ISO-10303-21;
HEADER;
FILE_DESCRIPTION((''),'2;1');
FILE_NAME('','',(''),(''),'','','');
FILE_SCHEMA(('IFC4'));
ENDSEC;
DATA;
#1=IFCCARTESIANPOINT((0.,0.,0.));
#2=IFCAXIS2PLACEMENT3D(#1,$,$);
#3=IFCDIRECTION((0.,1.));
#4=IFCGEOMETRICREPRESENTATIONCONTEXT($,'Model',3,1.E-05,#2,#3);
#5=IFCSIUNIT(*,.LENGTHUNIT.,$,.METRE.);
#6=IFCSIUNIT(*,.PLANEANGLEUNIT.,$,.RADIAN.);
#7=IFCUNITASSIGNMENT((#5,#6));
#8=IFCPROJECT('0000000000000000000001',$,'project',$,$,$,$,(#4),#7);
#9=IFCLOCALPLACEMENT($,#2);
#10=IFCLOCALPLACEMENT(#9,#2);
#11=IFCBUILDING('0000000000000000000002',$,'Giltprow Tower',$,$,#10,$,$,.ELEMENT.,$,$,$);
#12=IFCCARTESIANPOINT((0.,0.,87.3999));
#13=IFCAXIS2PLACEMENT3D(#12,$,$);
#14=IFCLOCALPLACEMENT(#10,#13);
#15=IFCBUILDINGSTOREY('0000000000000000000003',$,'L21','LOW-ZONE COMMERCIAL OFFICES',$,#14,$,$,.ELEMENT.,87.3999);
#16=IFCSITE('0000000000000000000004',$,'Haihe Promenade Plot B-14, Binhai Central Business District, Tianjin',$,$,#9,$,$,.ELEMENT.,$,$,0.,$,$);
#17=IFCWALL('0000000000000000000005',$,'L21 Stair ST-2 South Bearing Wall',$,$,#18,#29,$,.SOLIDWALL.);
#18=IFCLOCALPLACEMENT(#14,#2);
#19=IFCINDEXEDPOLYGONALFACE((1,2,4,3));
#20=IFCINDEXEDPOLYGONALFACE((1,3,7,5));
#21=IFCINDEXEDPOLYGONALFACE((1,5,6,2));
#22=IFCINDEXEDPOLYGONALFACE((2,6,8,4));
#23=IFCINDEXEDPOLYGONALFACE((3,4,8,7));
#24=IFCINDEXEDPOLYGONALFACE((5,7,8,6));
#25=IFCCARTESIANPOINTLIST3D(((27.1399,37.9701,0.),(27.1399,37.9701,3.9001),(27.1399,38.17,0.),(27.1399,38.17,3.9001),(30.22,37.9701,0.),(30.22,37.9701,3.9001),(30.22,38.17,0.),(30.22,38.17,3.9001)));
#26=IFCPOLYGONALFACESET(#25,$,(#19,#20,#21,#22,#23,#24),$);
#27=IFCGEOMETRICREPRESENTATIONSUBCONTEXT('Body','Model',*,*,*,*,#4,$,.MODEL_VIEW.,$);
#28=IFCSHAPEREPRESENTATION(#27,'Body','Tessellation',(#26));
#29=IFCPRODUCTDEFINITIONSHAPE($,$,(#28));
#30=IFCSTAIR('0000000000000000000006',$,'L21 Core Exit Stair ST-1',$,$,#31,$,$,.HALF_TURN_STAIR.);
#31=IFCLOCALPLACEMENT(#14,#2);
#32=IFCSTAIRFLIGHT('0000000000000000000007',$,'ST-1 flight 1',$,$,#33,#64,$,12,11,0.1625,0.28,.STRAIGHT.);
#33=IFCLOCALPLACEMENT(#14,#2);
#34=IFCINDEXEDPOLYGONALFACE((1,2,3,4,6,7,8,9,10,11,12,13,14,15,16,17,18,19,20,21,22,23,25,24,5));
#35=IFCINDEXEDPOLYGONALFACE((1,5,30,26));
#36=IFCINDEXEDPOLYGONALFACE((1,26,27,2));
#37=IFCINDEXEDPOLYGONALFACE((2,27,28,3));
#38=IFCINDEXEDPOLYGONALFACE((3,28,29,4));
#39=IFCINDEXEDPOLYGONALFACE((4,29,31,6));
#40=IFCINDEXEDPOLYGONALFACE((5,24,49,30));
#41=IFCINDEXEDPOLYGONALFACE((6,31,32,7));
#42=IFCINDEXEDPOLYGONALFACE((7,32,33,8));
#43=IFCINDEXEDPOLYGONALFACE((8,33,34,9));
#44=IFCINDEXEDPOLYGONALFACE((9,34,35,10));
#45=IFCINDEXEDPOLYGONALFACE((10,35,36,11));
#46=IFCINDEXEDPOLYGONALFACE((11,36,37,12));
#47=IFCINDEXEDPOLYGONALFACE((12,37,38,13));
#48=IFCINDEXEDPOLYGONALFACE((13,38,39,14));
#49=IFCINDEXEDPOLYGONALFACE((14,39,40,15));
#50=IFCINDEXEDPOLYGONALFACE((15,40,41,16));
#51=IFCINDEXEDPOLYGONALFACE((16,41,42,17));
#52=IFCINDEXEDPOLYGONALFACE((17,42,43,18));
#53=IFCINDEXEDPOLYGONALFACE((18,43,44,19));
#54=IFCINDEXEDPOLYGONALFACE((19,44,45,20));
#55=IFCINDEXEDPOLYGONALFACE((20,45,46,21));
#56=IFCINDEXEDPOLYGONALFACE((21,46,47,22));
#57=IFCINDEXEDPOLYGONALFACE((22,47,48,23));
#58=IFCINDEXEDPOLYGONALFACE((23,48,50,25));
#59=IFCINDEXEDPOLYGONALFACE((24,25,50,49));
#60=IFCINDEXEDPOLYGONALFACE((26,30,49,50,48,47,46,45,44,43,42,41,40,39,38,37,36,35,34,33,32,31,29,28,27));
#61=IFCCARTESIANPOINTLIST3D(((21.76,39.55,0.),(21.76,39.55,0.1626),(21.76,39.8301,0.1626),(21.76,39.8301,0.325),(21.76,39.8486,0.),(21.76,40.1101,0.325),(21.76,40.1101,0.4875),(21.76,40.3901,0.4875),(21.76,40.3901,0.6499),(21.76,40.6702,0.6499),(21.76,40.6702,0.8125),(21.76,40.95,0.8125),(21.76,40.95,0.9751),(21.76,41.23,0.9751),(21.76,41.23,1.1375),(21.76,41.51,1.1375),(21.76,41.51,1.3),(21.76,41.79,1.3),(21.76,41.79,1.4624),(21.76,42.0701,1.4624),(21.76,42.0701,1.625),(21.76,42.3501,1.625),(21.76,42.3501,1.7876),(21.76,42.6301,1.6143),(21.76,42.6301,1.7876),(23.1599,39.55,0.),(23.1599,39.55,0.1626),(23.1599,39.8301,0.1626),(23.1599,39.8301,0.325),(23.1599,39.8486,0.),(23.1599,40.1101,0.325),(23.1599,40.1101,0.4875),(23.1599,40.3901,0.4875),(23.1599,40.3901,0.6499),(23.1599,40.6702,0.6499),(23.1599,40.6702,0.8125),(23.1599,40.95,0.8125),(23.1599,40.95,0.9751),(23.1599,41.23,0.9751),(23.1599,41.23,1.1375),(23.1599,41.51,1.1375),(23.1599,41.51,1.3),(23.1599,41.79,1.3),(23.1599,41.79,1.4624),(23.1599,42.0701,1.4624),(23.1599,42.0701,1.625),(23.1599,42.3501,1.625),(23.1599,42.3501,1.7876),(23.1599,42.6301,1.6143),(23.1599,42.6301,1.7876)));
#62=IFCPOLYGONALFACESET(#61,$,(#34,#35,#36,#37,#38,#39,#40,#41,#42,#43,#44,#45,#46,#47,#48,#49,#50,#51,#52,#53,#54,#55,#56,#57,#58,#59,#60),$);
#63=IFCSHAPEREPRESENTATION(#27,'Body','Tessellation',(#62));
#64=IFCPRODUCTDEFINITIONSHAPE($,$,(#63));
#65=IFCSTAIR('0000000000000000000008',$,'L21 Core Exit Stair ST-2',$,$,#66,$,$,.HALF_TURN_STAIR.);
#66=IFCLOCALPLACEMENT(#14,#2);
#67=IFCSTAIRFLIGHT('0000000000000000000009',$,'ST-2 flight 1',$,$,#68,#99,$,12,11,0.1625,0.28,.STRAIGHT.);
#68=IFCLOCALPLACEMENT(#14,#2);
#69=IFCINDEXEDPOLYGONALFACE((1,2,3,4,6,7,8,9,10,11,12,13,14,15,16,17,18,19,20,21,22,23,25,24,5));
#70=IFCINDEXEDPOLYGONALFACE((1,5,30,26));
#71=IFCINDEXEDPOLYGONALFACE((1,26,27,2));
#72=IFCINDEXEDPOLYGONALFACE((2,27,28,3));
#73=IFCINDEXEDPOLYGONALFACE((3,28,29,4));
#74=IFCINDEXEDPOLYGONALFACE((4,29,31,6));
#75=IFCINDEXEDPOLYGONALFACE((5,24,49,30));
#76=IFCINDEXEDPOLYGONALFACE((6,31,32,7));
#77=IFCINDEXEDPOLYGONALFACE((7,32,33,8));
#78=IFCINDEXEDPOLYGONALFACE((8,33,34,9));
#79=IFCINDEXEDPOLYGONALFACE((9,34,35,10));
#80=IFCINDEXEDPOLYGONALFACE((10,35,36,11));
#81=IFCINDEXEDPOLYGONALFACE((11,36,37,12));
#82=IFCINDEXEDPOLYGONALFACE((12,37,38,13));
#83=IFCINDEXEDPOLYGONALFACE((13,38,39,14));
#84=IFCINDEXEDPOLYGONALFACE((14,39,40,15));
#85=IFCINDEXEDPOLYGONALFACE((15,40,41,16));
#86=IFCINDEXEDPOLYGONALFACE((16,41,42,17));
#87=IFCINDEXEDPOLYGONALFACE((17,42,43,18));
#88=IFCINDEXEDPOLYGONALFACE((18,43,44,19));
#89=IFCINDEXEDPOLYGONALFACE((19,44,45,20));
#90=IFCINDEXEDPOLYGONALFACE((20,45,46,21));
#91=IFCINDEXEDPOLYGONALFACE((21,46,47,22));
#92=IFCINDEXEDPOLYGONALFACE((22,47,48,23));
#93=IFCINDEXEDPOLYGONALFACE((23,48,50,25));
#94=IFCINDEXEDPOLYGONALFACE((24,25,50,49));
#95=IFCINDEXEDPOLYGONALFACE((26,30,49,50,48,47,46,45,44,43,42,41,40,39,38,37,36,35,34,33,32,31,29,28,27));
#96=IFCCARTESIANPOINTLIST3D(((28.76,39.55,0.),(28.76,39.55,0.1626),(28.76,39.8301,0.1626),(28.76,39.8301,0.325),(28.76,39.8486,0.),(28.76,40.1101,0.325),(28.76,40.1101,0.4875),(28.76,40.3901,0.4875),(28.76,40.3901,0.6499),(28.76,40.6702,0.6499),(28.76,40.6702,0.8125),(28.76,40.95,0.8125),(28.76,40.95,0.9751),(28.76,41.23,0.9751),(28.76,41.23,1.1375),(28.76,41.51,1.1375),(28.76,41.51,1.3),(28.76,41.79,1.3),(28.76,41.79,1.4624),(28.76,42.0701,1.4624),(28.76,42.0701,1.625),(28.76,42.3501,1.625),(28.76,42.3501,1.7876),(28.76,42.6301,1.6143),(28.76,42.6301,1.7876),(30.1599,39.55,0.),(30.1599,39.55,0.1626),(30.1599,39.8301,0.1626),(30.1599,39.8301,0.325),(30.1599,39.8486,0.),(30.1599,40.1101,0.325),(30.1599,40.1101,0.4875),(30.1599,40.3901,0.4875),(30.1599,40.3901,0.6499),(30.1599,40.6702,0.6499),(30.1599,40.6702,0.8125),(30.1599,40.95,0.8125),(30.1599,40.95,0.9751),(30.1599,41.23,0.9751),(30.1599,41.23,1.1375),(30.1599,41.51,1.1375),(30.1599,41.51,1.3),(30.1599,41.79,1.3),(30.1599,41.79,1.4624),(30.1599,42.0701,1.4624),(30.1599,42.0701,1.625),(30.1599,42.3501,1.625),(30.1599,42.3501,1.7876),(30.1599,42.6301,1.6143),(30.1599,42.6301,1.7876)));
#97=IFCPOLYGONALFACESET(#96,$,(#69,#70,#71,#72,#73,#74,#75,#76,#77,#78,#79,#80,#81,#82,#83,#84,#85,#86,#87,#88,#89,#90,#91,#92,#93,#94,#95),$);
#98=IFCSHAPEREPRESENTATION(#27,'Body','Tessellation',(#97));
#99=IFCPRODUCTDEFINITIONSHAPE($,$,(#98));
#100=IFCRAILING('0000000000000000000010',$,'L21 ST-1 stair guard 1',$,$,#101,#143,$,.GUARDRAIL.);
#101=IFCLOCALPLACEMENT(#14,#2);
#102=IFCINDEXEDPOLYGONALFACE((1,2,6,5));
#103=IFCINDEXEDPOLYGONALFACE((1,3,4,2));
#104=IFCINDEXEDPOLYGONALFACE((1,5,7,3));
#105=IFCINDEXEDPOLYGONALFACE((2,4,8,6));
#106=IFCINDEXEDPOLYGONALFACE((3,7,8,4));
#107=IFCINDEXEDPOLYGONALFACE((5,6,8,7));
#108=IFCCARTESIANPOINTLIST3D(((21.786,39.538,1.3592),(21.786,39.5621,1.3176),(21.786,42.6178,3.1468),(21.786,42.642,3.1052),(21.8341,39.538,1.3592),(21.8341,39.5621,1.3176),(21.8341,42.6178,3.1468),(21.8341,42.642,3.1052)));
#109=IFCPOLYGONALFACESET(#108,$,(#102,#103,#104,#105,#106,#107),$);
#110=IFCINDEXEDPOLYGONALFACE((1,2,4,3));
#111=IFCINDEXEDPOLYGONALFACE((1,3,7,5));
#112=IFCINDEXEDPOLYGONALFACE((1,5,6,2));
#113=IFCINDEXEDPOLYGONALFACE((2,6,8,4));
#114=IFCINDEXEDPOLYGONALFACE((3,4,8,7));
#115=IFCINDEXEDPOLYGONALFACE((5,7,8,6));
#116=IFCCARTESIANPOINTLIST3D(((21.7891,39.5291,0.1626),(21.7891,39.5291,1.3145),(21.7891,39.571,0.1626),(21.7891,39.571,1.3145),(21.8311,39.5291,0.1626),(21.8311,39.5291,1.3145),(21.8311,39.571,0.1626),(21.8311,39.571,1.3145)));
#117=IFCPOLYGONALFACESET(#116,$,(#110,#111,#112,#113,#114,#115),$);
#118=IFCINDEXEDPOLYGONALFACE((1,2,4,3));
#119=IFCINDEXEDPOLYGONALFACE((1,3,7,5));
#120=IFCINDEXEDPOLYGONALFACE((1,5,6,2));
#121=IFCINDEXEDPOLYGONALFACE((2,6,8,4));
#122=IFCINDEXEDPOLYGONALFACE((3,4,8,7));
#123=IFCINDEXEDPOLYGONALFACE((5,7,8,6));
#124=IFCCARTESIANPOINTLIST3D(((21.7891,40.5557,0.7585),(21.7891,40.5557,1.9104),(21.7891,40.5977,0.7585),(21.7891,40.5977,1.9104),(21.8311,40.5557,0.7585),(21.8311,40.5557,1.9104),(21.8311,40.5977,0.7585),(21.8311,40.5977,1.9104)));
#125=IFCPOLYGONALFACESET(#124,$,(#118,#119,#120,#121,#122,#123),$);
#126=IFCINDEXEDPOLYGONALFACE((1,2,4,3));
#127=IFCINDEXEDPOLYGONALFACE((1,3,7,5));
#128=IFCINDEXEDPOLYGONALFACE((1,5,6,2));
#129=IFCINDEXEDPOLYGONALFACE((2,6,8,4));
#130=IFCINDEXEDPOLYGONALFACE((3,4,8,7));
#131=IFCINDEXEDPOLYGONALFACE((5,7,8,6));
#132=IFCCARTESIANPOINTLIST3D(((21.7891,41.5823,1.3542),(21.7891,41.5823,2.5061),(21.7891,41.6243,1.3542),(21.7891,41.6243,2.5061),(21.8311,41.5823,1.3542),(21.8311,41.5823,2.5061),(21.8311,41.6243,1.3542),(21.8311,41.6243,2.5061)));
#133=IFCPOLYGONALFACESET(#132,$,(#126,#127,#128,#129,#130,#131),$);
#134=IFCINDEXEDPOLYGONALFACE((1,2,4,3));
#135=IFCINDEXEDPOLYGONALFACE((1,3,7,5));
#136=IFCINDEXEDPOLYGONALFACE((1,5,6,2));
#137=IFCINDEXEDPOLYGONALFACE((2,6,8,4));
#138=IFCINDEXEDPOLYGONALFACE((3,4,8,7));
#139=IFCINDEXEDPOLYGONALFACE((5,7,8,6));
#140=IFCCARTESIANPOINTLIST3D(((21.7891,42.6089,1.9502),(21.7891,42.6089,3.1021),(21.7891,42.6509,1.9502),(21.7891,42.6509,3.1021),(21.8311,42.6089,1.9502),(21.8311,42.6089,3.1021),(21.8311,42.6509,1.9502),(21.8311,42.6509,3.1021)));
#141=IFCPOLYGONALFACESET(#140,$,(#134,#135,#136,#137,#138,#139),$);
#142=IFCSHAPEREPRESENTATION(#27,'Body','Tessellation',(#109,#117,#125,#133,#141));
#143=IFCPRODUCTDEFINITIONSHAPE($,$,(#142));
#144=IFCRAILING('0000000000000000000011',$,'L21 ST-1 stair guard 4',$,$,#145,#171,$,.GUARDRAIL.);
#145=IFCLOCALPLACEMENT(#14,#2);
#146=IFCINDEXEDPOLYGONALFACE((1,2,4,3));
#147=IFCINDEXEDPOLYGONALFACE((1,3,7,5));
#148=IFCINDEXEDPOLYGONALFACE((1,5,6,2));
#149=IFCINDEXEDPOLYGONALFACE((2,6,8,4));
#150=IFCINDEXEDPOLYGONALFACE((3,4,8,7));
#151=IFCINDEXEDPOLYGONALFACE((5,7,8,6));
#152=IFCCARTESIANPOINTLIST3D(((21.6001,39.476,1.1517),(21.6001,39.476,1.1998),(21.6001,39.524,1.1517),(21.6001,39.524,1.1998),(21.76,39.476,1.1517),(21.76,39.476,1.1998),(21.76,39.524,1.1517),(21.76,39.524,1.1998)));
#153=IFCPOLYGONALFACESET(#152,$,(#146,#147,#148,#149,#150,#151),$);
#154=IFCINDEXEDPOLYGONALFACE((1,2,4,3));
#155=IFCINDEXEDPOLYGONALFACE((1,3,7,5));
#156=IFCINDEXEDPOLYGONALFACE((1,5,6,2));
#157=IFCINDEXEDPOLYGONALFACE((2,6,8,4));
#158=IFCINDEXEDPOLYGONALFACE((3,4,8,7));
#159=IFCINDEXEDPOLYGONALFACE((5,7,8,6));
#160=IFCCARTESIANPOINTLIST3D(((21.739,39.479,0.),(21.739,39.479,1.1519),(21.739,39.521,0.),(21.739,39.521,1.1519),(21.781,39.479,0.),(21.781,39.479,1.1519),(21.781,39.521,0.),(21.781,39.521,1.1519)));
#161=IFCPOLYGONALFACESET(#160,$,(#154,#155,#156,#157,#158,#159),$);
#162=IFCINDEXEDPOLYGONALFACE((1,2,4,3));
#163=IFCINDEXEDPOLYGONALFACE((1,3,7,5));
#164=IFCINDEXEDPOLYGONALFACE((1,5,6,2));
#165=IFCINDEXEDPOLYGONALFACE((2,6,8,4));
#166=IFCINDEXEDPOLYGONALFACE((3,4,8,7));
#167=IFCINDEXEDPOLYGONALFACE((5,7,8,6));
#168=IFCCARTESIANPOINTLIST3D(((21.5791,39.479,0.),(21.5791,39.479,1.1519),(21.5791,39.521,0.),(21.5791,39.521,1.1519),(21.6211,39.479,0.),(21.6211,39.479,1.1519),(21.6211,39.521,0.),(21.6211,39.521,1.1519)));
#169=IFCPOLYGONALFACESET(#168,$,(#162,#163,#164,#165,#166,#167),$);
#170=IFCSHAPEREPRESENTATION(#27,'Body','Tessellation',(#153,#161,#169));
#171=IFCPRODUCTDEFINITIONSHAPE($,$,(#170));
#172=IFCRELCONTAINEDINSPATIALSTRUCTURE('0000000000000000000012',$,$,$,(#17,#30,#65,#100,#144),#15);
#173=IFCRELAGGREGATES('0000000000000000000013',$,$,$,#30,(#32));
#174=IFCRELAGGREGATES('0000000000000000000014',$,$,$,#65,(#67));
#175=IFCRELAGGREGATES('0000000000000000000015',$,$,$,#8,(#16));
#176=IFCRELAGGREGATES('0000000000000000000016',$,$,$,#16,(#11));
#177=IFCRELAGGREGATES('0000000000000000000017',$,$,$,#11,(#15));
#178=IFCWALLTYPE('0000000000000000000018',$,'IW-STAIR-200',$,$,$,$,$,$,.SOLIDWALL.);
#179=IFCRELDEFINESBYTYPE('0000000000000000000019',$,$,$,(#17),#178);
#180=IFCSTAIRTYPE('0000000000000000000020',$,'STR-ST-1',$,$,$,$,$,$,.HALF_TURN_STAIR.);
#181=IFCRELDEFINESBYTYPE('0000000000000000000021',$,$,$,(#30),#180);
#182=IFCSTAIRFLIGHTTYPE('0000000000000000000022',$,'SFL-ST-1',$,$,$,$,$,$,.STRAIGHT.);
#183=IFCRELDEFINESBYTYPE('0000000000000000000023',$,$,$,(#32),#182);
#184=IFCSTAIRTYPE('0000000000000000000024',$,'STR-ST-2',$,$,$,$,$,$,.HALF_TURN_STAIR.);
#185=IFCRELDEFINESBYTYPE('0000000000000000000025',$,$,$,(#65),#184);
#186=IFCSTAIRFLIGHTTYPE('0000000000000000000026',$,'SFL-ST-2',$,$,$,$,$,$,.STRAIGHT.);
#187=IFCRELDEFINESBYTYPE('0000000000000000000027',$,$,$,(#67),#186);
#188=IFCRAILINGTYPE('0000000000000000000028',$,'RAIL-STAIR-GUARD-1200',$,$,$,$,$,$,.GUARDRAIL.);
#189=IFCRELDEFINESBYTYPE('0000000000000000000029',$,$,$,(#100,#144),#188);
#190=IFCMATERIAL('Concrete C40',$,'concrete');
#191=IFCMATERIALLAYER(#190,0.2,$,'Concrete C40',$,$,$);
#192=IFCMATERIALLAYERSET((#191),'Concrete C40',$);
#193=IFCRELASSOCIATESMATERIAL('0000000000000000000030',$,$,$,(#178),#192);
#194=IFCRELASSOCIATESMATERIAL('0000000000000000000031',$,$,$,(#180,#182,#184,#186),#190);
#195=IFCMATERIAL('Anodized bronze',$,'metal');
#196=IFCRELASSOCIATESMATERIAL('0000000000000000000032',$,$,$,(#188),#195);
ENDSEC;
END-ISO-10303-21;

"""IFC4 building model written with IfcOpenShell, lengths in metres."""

from ifc_helpers import new_model, si_unit, direction, frame, frame_2d, origin, origin_2d, place, context, subcontext, project, spatial, polyline, rectangle, outline, extrude, material, layer, layer_set, type_object, element, aggregate, save


model = new_model("IFC4")

# Units and contexts
model_context = context("Model", 3, precision=1e-05, world=origin(), true_north=direction((0.0, 1.0)))
body_context = subcontext(model_context, "Body", "Model", "MODEL_VIEW")
ifc_project = project(units=[si_unit("LENGTHUNIT", "METRE"), si_unit("PLANEANGLEUNIT", "RADIAN")], contexts=[model_context])

# Site, building, storey
site_placement = place(None, origin())
site = spatial("IfcSite", under=ifc_project, at=site_placement, Name="Haihe Promenade Plot B-14, Binhai Central Business District, Tianjin", CompositionType="ELEMENT", RefElevation=0.0)
building_placement = place(site_placement, origin())
building = spatial("IfcBuilding", under=site, at=building_placement, Name="Giltprow Tower", CompositionType="ELEMENT")
storey_placement = place(building_placement, frame((0.0, 0.0, 87.3999)))
storey = spatial("IfcBuildingStorey", under=building, at=storey_placement, Name="L21", Description="LOW-ZONE COMMERCIAL OFFICES", CompositionType="ELEMENT", Elevation=87.3999)

# Shared definitions
ifc_material_1 = material(Name="Concrete C40", Category="concrete")
ifc_layer_1 = layer(ifc_material_1, 0.2, Name="Concrete C40")
ifc_layer_set_1 = layer_set([ifc_layer_1], Name="Concrete C40")
wall_type_1 = type_object("IfcWallType", Name="IW-STAIR-200", PredefinedType="SOLIDWALL", material=ifc_layer_set_1)

# Wall
wall_1_placement = place(storey_placement, frame((27.1399, 38.0701, 0.0), z_axis=(0.0, 0.0, 1.0), x_axis=(1.0, 0.0, 0.0)))
element("IfcWall", 1, at=wall_1_placement, inside=storey, type_object=wall_type_1, Name="L21 Stair ST-2 South Bearing Wall", PredefinedType="SOLIDWALL", context=body_context, shape_type="SweptSolid", body=[
    extrude(rectangle(XDim=3.0801, YDim=0.2, at=frame_2d((1.54, 0.0))), origin(), (0.0, 0.0, 1.0), 3.9001),
])

# Stairs, stair flights
stair_type_1 = type_object("IfcStairType", Name="STR-ST-1", PredefinedType="HALF_TURN_STAIR", material=ifc_material_1)
stair_1_placement = place(storey_placement, origin())
stair_1 = element("IfcStair", 2, at=stair_1_placement, inside=storey, type_object=stair_type_1, Name="L21 Core Exit Stair ST-1", PredefinedType="HALF_TURN_STAIR")
stair_flight_type_1 = type_object("IfcStairFlightType", Name="SFL-ST-1", PredefinedType="STRAIGHT", material=ifc_material_1)
stair_flight_1_placement = place(storey_placement, frame((22.46, 39.55, 0.0), z_axis=(0.0, 0.0, 1.0), x_axis=(0.0, 1.0, 0.0)))
stair_flight_1 = element("IfcStairFlight", 3, at=stair_flight_1_placement, type_object=stair_flight_type_1, Name="ST-1 flight 1", NumberOfRisers=12, NumberOfTreads=11, PredefinedType="STRAIGHT", RiserHeight=0.1625, TreadLength=0.28, context=body_context, shape_type="SweptSolid", body=[
    extrude(outline(polyline([(0.0, 0.0), (0.0, 0.1626), (0.28, 0.1626), (0.28, 0.325), (0.5601, 0.325), (0.5601, 0.4875), (0.8401, 0.4875), (0.8401, 0.6499), (1.1201, 0.6499), (1.1201, 0.8125), (1.3999, 0.8125), (1.3999, 0.9751), (1.6799, 0.9751), (1.6799, 1.1375), (1.96, 1.1375), (1.96, 1.3), (2.24, 1.3), (2.24, 1.4624), (2.52, 1.4624), (2.52, 1.625), (2.8, 1.625), (2.8, 1.7876), (3.0801, 1.7876), (3.0801, 1.95), (3.0801, 1.6143), (0.2986, 0.0), (0.0, 0.0)])), frame((0.0, 0.7, 0.0), z_axis=(0.0, -1.0, 0.0), x_axis=(1.0, 0.0, 0.0)), (0.0, 0.0, 1.0), 1.3999),
])
aggregate(stair_1, [stair_flight_1])
stair_type_2 = type_object("IfcStairType", Name="STR-ST-2", PredefinedType="HALF_TURN_STAIR", material=ifc_material_1)
stair_2_placement = place(storey_placement, origin())
stair_2 = element("IfcStair", 4, at=stair_2_placement, inside=storey, type_object=stair_type_2, Name="L21 Core Exit Stair ST-2", PredefinedType="HALF_TURN_STAIR")
stair_flight_type_2 = type_object("IfcStairFlightType", Name="SFL-ST-2", PredefinedType="STRAIGHT", material=ifc_material_1)
stair_flight_2_placement = place(storey_placement, frame((29.46, 39.55, 0.0), z_axis=(0.0, 0.0, 1.0), x_axis=(0.0, 1.0, 0.0)))
stair_flight_2 = element("IfcStairFlight", 5, at=stair_flight_2_placement, type_object=stair_flight_type_2, Name="ST-2 flight 1", NumberOfRisers=12, NumberOfTreads=11, PredefinedType="STRAIGHT", RiserHeight=0.1625, TreadLength=0.28, context=body_context, shape_type="SweptSolid", body=[
    extrude(outline(polyline([(0.0, 0.0), (0.0, 0.1626), (0.28, 0.1626), (0.28, 0.325), (0.5601, 0.325), (0.5601, 0.4875), (0.8401, 0.4875), (0.8401, 0.6499), (1.1201, 0.6499), (1.1201, 0.8125), (1.3999, 0.8125), (1.3999, 0.9751), (1.6799, 0.9751), (1.6799, 1.1375), (1.96, 1.1375), (1.96, 1.3), (2.24, 1.3), (2.24, 1.4624), (2.52, 1.4624), (2.52, 1.625), (2.8, 1.625), (2.8, 1.7876), (3.0801, 1.7876), (3.0801, 1.95), (3.0801, 1.6143), (0.2986, 0.0), (0.0, 0.0)])), frame((0.0, 0.7, 0.0), z_axis=(0.0, -1.0, 0.0), x_axis=(1.0, 0.0, 0.0)), (0.0, 0.0, 1.0), 1.3999),
])
aggregate(stair_2, [stair_flight_2])

# Railings
ifc_material_2 = material(Name="Anodized bronze", Category="metal")
railing_type_1 = type_object("IfcRailingType", Name="RAIL-STAIR-GUARD-1200", PredefinedType="GUARDRAIL", material=ifc_material_2)
railing_1_placement = place(storey_placement, frame((21.8101, 39.55, 0.1626)))
element("IfcRailing", 6, at=railing_1_placement, inside=storey, type_object=railing_type_1, Name="L21 ST-1 stair guard 1", PredefinedType="GUARDRAIL", context=body_context, shape_type="SweptSolid", body=[
    extrude(rectangle(XDim=0.0481, YDim=0.0481, at=origin_2d()), frame((0.0, 0.0, 1.1758), z_axis=(0.0, 0.864873, 0.50199), x_axis=(-1.0, 0.0, 0.0)), (0.0, 0.0, 1.0), 3.561),
    extrude(rectangle(XDim=0.042, YDim=0.042, at=origin_2d()), origin(), (0.0, 0.0, 1.0), 1.1519),
    extrude(rectangle(XDim=0.042, YDim=0.042, at=origin_2d()), frame((0.0, 1.0266, 0.5959)), (0.0, 0.0, 1.0), 1.1519),
    extrude(rectangle(XDim=0.042, YDim=0.042, at=origin_2d()), frame((0.0, 2.0532, 1.1917)), (0.0, 0.0, 1.0), 1.1519),
    extrude(rectangle(XDim=0.042, YDim=0.042, at=origin_2d()), frame((0.0, 3.0798, 1.7876)), (0.0, 0.0, 1.0), 1.1519),
])
railing_2_placement = place(storey_placement, frame((21.76, 39.5, 0.0)))
element("IfcRailing", 7, at=railing_2_placement, inside=storey, type_object=railing_type_1, Name="L21 ST-1 stair guard 4", PredefinedType="GUARDRAIL", context=body_context, shape_type="SweptSolid", body=[
    extrude(rectangle(XDim=0.0481, YDim=0.0481, at=origin_2d()), frame((0.0, 0.0, 1.1758), z_axis=(-1.0, 0.0, 0.0), x_axis=(0.0, -1.0, 0.0)), (0.0, 0.0, 1.0), 0.1599),
    extrude(rectangle(XDim=0.042, YDim=0.042, at=origin_2d()), origin(), (0.0, 0.0, 1.0), 1.1519),
    extrude(rectangle(XDim=0.042, YDim=0.042, at=origin_2d()), frame((-0.1599, 0.0, 0.0)), (0.0, 0.0, 1.0), 1.1519),
])

save(model, "model.ifc")
